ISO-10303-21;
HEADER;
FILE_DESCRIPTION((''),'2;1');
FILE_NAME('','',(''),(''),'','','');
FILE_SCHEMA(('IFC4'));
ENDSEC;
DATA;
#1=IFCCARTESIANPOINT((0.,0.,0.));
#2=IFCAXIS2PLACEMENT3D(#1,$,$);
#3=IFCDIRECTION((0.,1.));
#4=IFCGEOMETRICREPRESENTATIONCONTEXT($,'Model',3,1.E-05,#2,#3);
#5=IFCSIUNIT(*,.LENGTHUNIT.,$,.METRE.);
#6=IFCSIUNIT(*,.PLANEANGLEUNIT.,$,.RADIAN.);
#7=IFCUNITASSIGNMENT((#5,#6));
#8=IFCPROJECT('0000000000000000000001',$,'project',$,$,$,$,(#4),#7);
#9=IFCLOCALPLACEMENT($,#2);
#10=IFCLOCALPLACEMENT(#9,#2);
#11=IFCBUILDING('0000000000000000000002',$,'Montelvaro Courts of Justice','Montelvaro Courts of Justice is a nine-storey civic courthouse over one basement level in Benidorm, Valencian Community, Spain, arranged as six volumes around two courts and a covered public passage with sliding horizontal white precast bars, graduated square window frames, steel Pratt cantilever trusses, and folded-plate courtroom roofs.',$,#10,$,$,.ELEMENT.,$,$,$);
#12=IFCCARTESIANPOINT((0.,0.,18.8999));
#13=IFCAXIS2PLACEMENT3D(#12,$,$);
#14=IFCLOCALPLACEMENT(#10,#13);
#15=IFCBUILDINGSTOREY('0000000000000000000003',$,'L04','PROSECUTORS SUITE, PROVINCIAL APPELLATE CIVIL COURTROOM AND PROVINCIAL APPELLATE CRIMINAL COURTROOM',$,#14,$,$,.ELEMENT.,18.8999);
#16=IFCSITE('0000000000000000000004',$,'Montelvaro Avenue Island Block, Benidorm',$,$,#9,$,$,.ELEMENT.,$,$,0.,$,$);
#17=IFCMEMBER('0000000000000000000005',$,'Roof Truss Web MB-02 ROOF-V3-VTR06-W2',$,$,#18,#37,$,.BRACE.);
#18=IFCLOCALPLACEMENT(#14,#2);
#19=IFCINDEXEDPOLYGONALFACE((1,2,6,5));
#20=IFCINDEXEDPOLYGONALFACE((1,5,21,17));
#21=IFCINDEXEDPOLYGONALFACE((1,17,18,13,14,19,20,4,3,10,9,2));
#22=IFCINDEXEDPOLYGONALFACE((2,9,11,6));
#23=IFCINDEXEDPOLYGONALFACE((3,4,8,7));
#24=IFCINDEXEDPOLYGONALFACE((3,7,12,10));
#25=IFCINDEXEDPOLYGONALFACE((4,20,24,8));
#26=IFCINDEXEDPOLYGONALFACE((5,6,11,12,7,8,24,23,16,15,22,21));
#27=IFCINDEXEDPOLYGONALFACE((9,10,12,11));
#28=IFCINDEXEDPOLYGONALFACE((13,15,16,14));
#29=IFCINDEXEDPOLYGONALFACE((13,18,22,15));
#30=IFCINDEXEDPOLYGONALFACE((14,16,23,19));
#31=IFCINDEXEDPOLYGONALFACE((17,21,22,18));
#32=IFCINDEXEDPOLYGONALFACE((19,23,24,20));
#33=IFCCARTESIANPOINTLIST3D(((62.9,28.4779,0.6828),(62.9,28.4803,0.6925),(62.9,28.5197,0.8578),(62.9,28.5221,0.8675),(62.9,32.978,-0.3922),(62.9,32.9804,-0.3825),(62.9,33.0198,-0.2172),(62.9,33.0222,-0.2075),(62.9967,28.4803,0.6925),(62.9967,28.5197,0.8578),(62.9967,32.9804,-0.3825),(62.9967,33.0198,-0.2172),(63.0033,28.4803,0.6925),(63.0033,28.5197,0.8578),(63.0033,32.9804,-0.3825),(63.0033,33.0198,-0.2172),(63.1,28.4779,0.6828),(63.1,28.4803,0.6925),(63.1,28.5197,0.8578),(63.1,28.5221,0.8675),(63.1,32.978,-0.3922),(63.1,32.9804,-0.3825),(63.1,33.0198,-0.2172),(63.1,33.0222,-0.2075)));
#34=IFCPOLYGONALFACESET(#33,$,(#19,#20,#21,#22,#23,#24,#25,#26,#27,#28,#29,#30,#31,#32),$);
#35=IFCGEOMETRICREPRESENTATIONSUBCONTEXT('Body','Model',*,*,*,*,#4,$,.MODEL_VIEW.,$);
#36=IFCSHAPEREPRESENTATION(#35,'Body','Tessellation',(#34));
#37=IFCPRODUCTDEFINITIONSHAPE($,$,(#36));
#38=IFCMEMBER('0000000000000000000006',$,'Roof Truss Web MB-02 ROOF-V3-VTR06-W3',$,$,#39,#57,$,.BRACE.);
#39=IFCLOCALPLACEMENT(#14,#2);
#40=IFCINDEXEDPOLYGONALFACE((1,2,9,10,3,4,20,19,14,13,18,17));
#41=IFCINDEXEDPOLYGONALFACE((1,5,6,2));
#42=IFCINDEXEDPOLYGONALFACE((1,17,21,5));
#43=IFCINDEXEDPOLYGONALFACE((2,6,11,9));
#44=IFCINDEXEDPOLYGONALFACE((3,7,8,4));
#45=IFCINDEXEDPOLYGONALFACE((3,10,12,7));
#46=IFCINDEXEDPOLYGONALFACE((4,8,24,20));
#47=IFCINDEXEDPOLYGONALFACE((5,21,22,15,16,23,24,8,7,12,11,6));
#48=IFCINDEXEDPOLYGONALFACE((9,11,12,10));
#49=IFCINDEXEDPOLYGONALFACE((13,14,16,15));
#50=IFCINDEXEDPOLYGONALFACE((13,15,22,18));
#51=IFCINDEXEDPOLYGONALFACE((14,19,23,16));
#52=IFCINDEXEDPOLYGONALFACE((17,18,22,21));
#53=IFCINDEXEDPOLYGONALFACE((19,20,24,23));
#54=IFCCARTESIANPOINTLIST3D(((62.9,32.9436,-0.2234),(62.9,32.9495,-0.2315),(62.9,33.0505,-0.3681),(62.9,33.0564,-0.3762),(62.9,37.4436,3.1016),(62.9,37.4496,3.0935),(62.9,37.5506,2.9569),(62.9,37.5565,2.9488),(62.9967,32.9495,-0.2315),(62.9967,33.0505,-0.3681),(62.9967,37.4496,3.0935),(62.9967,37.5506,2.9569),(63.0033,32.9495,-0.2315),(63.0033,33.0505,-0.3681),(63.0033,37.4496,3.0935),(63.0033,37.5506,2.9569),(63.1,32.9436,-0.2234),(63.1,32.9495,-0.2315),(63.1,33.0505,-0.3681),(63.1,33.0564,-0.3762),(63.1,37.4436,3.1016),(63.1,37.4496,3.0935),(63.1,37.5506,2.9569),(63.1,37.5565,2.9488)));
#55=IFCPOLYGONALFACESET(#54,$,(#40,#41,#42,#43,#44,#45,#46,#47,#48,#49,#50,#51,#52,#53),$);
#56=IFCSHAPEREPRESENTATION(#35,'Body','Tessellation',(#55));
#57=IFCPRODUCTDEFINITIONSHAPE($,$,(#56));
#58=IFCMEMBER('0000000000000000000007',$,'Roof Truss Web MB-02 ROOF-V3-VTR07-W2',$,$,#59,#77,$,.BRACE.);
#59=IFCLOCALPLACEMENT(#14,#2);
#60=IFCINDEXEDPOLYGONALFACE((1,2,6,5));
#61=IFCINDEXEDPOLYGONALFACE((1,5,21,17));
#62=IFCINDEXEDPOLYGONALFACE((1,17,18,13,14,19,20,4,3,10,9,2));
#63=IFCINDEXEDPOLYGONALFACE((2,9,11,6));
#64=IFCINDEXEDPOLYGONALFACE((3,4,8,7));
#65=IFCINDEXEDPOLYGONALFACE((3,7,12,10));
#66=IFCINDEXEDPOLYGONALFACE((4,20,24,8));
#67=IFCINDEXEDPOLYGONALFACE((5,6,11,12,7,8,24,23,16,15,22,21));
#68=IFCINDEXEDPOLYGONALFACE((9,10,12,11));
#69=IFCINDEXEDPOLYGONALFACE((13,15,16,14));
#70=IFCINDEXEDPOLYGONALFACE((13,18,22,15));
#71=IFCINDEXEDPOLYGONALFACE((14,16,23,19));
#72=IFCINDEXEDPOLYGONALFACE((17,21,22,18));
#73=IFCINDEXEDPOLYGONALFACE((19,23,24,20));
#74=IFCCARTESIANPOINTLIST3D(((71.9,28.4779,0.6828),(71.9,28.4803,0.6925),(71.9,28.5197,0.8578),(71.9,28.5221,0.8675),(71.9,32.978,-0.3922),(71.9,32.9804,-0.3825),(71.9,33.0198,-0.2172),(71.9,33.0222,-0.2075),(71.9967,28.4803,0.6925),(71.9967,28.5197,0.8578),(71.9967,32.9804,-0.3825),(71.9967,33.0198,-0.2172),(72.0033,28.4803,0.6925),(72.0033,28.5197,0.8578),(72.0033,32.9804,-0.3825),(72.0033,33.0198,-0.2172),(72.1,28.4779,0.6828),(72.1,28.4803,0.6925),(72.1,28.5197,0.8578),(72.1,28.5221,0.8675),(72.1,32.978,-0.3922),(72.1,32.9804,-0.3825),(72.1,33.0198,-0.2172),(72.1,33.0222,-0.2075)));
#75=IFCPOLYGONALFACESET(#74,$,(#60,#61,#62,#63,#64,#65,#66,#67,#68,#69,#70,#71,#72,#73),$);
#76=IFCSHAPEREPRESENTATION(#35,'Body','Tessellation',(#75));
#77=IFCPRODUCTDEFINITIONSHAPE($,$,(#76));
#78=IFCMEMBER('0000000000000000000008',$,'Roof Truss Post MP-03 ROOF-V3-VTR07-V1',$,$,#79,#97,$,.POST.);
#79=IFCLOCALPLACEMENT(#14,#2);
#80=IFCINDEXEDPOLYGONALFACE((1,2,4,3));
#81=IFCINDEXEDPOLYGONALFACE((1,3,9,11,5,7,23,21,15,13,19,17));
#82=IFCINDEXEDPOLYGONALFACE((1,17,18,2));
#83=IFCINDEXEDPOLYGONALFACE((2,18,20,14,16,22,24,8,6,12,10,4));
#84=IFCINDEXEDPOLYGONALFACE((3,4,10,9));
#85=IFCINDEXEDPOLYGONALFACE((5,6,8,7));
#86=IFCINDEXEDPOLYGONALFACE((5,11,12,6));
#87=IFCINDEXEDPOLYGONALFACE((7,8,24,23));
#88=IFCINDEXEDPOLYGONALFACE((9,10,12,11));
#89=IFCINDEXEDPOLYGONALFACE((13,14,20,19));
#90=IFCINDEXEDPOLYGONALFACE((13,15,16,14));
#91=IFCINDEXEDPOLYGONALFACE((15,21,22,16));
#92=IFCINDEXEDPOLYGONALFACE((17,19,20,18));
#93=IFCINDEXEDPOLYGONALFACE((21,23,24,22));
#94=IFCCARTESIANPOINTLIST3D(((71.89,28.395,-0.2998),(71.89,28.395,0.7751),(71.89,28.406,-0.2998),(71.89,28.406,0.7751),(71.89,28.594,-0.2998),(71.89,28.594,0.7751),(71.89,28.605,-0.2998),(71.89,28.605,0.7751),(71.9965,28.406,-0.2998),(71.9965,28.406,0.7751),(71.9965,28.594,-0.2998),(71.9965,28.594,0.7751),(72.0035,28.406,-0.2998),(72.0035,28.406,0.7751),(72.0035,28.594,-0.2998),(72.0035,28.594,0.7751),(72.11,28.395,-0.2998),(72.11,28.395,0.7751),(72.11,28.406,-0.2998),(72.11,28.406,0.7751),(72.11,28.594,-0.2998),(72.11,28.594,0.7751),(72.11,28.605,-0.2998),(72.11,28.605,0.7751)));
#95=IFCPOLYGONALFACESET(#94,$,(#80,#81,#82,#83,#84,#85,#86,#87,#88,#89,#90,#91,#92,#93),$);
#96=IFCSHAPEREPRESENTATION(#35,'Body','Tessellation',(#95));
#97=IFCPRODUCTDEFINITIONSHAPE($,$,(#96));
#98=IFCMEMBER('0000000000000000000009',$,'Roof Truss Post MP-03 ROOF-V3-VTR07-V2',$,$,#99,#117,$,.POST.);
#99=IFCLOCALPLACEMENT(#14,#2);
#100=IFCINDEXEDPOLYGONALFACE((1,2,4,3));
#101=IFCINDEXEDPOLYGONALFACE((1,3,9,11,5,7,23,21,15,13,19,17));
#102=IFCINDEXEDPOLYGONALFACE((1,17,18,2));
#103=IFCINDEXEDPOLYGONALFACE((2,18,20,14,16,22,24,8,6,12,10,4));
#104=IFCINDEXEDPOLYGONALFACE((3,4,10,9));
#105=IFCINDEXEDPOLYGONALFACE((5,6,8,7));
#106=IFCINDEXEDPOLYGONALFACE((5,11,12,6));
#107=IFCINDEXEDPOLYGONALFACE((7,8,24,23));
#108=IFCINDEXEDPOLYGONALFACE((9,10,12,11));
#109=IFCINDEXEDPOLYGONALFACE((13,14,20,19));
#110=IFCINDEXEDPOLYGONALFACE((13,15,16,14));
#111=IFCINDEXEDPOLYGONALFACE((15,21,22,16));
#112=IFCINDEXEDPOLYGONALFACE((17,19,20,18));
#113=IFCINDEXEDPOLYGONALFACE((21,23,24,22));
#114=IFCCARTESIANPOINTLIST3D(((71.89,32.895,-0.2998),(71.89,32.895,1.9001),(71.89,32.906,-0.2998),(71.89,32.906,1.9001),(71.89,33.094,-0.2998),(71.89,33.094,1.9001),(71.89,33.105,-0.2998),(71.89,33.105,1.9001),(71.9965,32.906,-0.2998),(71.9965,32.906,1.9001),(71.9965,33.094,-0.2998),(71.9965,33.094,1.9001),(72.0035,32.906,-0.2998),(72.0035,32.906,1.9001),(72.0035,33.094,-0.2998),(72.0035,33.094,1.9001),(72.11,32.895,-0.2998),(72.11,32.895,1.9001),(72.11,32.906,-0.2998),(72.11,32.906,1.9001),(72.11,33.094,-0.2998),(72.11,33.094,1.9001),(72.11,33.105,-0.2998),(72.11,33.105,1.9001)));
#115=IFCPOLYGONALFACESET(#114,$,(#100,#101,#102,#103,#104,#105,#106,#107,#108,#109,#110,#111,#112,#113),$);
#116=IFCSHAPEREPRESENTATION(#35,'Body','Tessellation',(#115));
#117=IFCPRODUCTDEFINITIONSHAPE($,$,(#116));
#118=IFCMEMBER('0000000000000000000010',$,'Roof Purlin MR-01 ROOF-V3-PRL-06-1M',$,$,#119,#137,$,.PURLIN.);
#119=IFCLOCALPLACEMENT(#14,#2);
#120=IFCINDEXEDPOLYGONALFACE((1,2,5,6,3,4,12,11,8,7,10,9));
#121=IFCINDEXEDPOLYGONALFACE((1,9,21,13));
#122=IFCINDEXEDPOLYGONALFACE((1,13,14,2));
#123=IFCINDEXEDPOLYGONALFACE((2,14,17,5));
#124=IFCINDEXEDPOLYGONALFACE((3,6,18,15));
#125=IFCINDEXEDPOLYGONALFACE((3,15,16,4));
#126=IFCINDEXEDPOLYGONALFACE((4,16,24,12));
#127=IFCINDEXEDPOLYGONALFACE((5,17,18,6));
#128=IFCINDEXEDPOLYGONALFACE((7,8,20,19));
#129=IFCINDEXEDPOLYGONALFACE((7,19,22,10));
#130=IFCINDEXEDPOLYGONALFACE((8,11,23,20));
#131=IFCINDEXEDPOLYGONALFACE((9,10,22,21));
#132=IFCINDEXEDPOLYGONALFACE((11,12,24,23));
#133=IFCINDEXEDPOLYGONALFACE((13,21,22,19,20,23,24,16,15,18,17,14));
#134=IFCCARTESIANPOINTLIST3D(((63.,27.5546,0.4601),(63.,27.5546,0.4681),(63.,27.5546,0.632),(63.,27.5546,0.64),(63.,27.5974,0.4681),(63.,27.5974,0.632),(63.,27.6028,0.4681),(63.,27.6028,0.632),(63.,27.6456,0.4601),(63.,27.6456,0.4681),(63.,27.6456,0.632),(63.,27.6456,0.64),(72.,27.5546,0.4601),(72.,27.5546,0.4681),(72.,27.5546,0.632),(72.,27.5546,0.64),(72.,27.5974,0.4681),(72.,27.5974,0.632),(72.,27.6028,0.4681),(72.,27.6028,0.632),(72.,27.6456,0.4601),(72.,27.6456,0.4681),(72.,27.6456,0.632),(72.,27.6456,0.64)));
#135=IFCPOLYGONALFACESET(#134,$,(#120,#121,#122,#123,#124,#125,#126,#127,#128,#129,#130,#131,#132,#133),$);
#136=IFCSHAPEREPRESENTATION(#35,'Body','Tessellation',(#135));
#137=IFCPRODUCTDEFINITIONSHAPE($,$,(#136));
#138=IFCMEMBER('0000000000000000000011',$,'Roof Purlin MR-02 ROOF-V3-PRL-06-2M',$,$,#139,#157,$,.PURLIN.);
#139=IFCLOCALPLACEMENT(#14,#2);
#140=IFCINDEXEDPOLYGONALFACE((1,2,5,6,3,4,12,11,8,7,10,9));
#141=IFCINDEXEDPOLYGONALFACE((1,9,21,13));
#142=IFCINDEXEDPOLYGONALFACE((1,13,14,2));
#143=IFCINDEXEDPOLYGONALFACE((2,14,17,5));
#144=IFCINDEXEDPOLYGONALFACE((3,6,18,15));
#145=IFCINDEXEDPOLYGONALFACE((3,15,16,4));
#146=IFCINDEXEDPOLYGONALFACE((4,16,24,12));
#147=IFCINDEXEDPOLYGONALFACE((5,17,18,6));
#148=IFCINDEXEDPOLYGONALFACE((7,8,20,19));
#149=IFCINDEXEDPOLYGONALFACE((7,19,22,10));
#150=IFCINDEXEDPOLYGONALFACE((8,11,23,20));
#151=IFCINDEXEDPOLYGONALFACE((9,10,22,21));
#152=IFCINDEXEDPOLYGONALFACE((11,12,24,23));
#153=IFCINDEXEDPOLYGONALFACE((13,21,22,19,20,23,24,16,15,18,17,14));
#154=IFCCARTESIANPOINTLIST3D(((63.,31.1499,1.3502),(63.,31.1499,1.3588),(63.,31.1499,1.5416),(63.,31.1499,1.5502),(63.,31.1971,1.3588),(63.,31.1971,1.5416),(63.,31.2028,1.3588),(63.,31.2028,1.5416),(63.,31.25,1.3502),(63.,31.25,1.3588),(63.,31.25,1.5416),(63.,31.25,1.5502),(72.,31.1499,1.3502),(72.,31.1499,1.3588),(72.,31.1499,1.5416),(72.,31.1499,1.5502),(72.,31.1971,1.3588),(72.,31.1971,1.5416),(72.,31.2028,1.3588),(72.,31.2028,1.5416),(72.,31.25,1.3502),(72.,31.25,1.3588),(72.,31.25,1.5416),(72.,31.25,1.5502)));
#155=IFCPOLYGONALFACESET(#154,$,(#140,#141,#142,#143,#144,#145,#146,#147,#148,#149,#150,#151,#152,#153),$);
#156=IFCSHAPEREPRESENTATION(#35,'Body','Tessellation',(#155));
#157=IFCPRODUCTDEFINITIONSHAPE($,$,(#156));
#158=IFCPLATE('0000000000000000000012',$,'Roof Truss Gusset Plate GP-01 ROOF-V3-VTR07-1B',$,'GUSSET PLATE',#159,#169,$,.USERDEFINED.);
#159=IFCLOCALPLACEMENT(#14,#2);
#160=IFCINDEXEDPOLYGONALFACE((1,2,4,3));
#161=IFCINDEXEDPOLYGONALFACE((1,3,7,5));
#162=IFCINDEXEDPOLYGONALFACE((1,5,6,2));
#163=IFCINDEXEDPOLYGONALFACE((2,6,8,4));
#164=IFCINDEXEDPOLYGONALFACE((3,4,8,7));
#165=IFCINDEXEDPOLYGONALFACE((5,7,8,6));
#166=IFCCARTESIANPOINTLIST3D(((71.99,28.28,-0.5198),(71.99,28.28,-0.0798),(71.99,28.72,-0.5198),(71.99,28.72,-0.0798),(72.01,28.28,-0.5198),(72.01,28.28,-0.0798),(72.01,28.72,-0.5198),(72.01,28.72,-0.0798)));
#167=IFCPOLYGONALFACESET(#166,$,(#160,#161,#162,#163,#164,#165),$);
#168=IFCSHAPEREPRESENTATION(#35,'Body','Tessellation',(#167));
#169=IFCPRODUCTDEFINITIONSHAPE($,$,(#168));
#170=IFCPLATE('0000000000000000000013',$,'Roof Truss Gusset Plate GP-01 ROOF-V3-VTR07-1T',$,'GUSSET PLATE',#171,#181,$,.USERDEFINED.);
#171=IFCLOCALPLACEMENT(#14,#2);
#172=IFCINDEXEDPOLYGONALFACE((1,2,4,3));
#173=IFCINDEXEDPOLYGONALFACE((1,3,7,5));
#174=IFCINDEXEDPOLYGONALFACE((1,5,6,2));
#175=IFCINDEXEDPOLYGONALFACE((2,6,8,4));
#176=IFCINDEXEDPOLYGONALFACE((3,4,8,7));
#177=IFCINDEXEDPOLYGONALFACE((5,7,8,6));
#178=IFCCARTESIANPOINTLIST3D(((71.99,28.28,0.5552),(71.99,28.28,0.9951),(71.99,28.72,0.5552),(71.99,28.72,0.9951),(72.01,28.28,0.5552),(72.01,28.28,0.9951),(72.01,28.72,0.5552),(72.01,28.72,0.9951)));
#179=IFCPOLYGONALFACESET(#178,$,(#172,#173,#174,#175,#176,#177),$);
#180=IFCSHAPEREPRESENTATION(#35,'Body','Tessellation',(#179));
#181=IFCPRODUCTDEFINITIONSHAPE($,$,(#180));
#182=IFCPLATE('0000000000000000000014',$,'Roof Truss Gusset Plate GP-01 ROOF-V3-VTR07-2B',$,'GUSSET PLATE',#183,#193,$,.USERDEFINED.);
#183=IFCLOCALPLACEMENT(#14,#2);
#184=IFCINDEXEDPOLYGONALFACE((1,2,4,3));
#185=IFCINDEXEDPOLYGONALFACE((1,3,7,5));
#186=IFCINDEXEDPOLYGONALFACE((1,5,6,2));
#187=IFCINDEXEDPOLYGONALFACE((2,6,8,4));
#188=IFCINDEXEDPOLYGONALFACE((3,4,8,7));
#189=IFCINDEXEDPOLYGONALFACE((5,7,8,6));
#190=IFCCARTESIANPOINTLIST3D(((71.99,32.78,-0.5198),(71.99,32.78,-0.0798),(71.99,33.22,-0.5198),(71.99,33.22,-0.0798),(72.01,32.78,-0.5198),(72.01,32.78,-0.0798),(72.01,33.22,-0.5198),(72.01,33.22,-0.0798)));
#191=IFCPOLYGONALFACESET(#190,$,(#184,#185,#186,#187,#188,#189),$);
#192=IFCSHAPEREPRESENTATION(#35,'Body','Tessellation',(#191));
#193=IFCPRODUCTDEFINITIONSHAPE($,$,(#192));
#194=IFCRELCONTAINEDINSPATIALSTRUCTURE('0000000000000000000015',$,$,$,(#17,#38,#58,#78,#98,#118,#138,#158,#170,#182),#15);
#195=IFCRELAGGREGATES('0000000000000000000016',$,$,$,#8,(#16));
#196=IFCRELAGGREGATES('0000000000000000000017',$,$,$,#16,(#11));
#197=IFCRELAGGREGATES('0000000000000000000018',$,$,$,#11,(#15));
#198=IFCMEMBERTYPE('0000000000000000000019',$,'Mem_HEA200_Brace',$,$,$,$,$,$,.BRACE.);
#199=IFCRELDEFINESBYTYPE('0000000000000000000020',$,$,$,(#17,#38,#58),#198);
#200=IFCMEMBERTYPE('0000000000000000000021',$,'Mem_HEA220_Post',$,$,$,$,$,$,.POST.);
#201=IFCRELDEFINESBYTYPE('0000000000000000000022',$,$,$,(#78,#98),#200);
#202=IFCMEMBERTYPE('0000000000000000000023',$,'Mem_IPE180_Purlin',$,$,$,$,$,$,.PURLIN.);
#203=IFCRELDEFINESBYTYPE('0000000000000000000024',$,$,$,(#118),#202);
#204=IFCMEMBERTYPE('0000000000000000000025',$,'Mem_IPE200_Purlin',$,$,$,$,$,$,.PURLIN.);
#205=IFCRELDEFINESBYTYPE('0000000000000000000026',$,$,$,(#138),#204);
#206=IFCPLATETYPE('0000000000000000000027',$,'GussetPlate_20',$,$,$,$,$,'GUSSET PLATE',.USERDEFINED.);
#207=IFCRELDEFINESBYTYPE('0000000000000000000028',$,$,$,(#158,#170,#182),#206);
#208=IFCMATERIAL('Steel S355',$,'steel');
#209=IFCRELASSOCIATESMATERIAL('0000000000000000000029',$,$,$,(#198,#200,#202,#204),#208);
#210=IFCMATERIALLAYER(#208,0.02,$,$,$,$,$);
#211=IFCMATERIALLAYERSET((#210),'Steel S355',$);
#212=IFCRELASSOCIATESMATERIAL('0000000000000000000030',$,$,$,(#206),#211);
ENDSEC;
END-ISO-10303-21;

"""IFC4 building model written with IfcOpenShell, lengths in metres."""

from ifc_helpers import new_model, si_unit, direction, frame, origin, origin_2d, place, context, subcontext, project, spatial, rectangle, i_section, extrude, material, layer, layer_set, material_profile, profile_set, type_object, element, save


model = new_model("IFC4")

# Units and contexts
model_context = context("Model", 3, precision=1e-05, world=origin(), true_north=direction((0.0, 1.0)))
body_context = subcontext(model_context, "Body", "Model", "MODEL_VIEW")
ifc_project = project(units=[si_unit("LENGTHUNIT", "METRE"), si_unit("PLANEANGLEUNIT", "RADIAN")], contexts=[model_context])

# Site, building, storey
site_placement = place(None, origin())
site = spatial("IfcSite", under=ifc_project, at=site_placement, Name="Montelvaro Avenue Island Block, Benidorm", CompositionType="ELEMENT", RefElevation=0.0)
building_placement = place(site_placement, origin())
building = spatial("IfcBuilding", under=site, at=building_placement, Name="Montelvaro Courts of Justice", Description="Montelvaro Courts of Justice is a nine-storey civic courthouse over one basement level in Benidorm, Valencian Community, Spain, arranged as six volumes around two courts and a covered public passage with sliding horizontal white precast bars, graduated square window frames, steel Pratt cantilever trusses, and folded-plate courtroom roofs.", CompositionType="ELEMENT")
storey_placement = place(building_placement, frame((0.0, 0.0, 18.8999)))
storey = spatial("IfcBuildingStorey", under=building, at=storey_placement, Name="L04", Description="PROSECUTORS SUITE, PROVINCIAL APPELLATE CIVIL COURTROOM AND PROVINCIAL APPELLATE CRIMINAL COURTROOM", CompositionType="ELEMENT", Elevation=18.8999)

# Members
ifc_material_1 = material(Name="Steel S355", Category="steel")
ifc_material_profile_1 = material_profile(ifc_material_1, i_section(OverallWidth=0.2, OverallDepth=0.1899, WebThickness=0.0066, FlangeThickness=0.01, at=origin_2d()), Name="HEA 200")
ifc_profile_set_1 = profile_set([ifc_material_profile_1], Name="Steel S355")
member_type_1 = type_object("IfcMemberType", Name="Mem_HEA200_Brace", PredefinedType="BRACE", material=ifc_profile_set_1)
member_1_placement = place(storey_placement, frame((63.0, 28.5, 0.7751), z_axis=(0.0, 0.972634, -0.232341), x_axis=(-1.0, 0.0, 0.0)))
element("IfcMember", 1, at=member_1_placement, inside=storey, type_object=member_type_1, Name="Roof Truss Web MB-02 ROOF-V3-VTR06-W2", PredefinedType="BRACE", context=body_context, shape_type="SweptSolid", body=[
    extrude(i_section(OverallWidth=0.2, OverallDepth=0.1899, WebThickness=0.0066, FlangeThickness=0.01, at=origin_2d()), origin(), (0.0, 0.0, 1.0), 4.6267),
])
member_2_placement = place(storey_placement, frame((63.0, 33.0, -0.2998), z_axis=(0.0, 0.804273, 0.59426), x_axis=(-1.0, 0.0, 0.0)))
element("IfcMember", 2, at=member_2_placement, inside=storey, type_object=member_type_1, Name="Roof Truss Web MB-02 ROOF-V3-VTR06-W3", PredefinedType="BRACE", context=body_context, shape_type="SweptSolid", body=[
    extrude(i_section(OverallWidth=0.2, OverallDepth=0.1899, WebThickness=0.0066, FlangeThickness=0.01, at=origin_2d()), origin(), (0.0, 0.0, 1.0), 5.5952),
])
member_3_placement = place(storey_placement, frame((72.0, 28.5, 0.7751), z_axis=(0.0, 0.972634, -0.232341), x_axis=(-1.0, 0.0, 0.0)))
element("IfcMember", 3, at=member_3_placement, inside=storey, type_object=member_type_1, Name="Roof Truss Web MB-02 ROOF-V3-VTR07-W2", PredefinedType="BRACE", context=body_context, shape_type="SweptSolid", body=[
    extrude(i_section(OverallWidth=0.2, OverallDepth=0.1899, WebThickness=0.0066, FlangeThickness=0.01, at=origin_2d()), origin(), (0.0, 0.0, 1.0), 4.6267),
])
ifc_material_profile_2 = material_profile(ifc_material_1, i_section(OverallWidth=0.22, OverallDepth=0.21, WebThickness=0.0071, FlangeThickness=0.011, at=origin_2d()), Name="HEA 220")
ifc_profile_set_2 = profile_set([ifc_material_profile_2], Name="Steel S355")
member_type_2 = type_object("IfcMemberType", Name="Mem_HEA220_Post", PredefinedType="POST", material=ifc_profile_set_2)
member_4_placement = place(storey_placement, frame((72.0, 28.5, -0.2998), z_axis=(0.0, 0.0, 1.0), x_axis=(1.0, 0.0, 0.0)))
element("IfcMember", 4, at=member_4_placement, inside=storey, type_object=member_type_2, Name="Roof Truss Post MP-03 ROOF-V3-VTR07-V1", PredefinedType="POST", context=body_context, shape_type="SweptSolid", body=[
    extrude(i_section(OverallWidth=0.22, OverallDepth=0.21, WebThickness=0.0071, FlangeThickness=0.011, at=origin_2d()), origin(), (0.0, 0.0, 1.0), 1.075),
])
member_5_placement = place(storey_placement, frame((72.0, 33.0, -0.2998), z_axis=(0.0, 0.0, 1.0), x_axis=(1.0, 0.0, 0.0)))
element("IfcMember", 5, at=member_5_placement, inside=storey, type_object=member_type_2, Name="Roof Truss Post MP-03 ROOF-V3-VTR07-V2", PredefinedType="POST", context=body_context, shape_type="SweptSolid", body=[
    extrude(i_section(OverallWidth=0.22, OverallDepth=0.21, WebThickness=0.0071, FlangeThickness=0.011, at=origin_2d()), origin(), (0.0, 0.0, 1.0), 2.2),
])
ifc_material_profile_3 = material_profile(ifc_material_1, i_section(OverallWidth=0.0911, OverallDepth=0.1799, WebThickness=0.0054, FlangeThickness=0.0081, at=origin_2d()), Name="IPE 180")
ifc_profile_set_3 = profile_set([ifc_material_profile_3], Name="Steel S355")
member_type_3 = type_object("IfcMemberType", Name="Mem_IPE180_Purlin", PredefinedType="PURLIN", material=ifc_profile_set_3)
member_6_placement = place(storey_placement, frame((63.0, 27.6001, 0.55), z_axis=(1.0, 0.0, 0.0), x_axis=(0.0, 1.0, 0.0)))
element("IfcMember", 6, at=member_6_placement, inside=storey, type_object=member_type_3, Name="Roof Purlin MR-01 ROOF-V3-PRL-06-1M", PredefinedType="PURLIN", context=body_context, shape_type="SweptSolid", body=[
    extrude(i_section(OverallWidth=0.0911, OverallDepth=0.1799, WebThickness=0.0054, FlangeThickness=0.0081, at=origin_2d()), origin(), (0.0, 0.0, 1.0), 9.0),
])
ifc_material_profile_4 = material_profile(ifc_material_1, i_section(OverallWidth=0.1001, OverallDepth=0.2, WebThickness=0.0056, FlangeThickness=0.0085, at=origin_2d()), Name="IPE 200")
ifc_profile_set_4 = profile_set([ifc_material_profile_4], Name="Steel S355")
member_type_4 = type_object("IfcMemberType", Name="Mem_IPE200_Purlin", PredefinedType="PURLIN", material=ifc_profile_set_4)
member_7_placement = place(storey_placement, frame((63.0, 31.2, 1.4502), z_axis=(1.0, 0.0, 0.0), x_axis=(0.0, 1.0, 0.0)))
element("IfcMember", 7, at=member_7_placement, inside=storey, type_object=member_type_4, Name="Roof Purlin MR-02 ROOF-V3-PRL-06-2M", PredefinedType="PURLIN", context=body_context, shape_type="SweptSolid", body=[
    extrude(i_section(OverallWidth=0.1001, OverallDepth=0.2, WebThickness=0.0056, FlangeThickness=0.0085, at=origin_2d()), origin(), (0.0, 0.0, 1.0), 9.0),
])

# Plates
ifc_layer_1 = layer(ifc_material_1, 0.02)
ifc_layer_set_1 = layer_set([ifc_layer_1], Name="Steel S355")
plate_type_1 = type_object("IfcPlateType", Name="GussetPlate_20", ElementType="GUSSET PLATE", PredefinedType="USERDEFINED", material=ifc_layer_set_1)
for number, where, z_axis, x_axis, name in (
    (8, (72.0, 28.5, -0.5198), (0.0, 0.0, 1.0), (1.0, 0.0, 0.0), "Roof Truss Gusset Plate GP-01 ROOF-V3-VTR07-1B"),
    (9, (72.0, 28.5, 0.5552), (0.0, 0.0, 1.0), (1.0, 0.0, 0.0), "Roof Truss Gusset Plate GP-01 ROOF-V3-VTR07-1T"),
    (10, (72.0, 33.0, -0.5198), (0.0, 0.0, 1.0), (1.0, 0.0, 0.0), "Roof Truss Gusset Plate GP-01 ROOF-V3-VTR07-2B"),
):
    element("IfcPlate", number, at=place(storey_placement, frame(where, z_axis=z_axis, x_axis=x_axis)), inside=storey, type_object=plate_type_1, Name=name, ObjectType="GUSSET PLATE", PredefinedType="USERDEFINED", context=body_context, shape_type="SweptSolid", body=[
        extrude(rectangle(XDim=0.02, YDim=0.4399, at=origin_2d()), origin(), (0.0, 0.0, 1.0), 0.4399),
    ])

save(model, "model.ifc")
